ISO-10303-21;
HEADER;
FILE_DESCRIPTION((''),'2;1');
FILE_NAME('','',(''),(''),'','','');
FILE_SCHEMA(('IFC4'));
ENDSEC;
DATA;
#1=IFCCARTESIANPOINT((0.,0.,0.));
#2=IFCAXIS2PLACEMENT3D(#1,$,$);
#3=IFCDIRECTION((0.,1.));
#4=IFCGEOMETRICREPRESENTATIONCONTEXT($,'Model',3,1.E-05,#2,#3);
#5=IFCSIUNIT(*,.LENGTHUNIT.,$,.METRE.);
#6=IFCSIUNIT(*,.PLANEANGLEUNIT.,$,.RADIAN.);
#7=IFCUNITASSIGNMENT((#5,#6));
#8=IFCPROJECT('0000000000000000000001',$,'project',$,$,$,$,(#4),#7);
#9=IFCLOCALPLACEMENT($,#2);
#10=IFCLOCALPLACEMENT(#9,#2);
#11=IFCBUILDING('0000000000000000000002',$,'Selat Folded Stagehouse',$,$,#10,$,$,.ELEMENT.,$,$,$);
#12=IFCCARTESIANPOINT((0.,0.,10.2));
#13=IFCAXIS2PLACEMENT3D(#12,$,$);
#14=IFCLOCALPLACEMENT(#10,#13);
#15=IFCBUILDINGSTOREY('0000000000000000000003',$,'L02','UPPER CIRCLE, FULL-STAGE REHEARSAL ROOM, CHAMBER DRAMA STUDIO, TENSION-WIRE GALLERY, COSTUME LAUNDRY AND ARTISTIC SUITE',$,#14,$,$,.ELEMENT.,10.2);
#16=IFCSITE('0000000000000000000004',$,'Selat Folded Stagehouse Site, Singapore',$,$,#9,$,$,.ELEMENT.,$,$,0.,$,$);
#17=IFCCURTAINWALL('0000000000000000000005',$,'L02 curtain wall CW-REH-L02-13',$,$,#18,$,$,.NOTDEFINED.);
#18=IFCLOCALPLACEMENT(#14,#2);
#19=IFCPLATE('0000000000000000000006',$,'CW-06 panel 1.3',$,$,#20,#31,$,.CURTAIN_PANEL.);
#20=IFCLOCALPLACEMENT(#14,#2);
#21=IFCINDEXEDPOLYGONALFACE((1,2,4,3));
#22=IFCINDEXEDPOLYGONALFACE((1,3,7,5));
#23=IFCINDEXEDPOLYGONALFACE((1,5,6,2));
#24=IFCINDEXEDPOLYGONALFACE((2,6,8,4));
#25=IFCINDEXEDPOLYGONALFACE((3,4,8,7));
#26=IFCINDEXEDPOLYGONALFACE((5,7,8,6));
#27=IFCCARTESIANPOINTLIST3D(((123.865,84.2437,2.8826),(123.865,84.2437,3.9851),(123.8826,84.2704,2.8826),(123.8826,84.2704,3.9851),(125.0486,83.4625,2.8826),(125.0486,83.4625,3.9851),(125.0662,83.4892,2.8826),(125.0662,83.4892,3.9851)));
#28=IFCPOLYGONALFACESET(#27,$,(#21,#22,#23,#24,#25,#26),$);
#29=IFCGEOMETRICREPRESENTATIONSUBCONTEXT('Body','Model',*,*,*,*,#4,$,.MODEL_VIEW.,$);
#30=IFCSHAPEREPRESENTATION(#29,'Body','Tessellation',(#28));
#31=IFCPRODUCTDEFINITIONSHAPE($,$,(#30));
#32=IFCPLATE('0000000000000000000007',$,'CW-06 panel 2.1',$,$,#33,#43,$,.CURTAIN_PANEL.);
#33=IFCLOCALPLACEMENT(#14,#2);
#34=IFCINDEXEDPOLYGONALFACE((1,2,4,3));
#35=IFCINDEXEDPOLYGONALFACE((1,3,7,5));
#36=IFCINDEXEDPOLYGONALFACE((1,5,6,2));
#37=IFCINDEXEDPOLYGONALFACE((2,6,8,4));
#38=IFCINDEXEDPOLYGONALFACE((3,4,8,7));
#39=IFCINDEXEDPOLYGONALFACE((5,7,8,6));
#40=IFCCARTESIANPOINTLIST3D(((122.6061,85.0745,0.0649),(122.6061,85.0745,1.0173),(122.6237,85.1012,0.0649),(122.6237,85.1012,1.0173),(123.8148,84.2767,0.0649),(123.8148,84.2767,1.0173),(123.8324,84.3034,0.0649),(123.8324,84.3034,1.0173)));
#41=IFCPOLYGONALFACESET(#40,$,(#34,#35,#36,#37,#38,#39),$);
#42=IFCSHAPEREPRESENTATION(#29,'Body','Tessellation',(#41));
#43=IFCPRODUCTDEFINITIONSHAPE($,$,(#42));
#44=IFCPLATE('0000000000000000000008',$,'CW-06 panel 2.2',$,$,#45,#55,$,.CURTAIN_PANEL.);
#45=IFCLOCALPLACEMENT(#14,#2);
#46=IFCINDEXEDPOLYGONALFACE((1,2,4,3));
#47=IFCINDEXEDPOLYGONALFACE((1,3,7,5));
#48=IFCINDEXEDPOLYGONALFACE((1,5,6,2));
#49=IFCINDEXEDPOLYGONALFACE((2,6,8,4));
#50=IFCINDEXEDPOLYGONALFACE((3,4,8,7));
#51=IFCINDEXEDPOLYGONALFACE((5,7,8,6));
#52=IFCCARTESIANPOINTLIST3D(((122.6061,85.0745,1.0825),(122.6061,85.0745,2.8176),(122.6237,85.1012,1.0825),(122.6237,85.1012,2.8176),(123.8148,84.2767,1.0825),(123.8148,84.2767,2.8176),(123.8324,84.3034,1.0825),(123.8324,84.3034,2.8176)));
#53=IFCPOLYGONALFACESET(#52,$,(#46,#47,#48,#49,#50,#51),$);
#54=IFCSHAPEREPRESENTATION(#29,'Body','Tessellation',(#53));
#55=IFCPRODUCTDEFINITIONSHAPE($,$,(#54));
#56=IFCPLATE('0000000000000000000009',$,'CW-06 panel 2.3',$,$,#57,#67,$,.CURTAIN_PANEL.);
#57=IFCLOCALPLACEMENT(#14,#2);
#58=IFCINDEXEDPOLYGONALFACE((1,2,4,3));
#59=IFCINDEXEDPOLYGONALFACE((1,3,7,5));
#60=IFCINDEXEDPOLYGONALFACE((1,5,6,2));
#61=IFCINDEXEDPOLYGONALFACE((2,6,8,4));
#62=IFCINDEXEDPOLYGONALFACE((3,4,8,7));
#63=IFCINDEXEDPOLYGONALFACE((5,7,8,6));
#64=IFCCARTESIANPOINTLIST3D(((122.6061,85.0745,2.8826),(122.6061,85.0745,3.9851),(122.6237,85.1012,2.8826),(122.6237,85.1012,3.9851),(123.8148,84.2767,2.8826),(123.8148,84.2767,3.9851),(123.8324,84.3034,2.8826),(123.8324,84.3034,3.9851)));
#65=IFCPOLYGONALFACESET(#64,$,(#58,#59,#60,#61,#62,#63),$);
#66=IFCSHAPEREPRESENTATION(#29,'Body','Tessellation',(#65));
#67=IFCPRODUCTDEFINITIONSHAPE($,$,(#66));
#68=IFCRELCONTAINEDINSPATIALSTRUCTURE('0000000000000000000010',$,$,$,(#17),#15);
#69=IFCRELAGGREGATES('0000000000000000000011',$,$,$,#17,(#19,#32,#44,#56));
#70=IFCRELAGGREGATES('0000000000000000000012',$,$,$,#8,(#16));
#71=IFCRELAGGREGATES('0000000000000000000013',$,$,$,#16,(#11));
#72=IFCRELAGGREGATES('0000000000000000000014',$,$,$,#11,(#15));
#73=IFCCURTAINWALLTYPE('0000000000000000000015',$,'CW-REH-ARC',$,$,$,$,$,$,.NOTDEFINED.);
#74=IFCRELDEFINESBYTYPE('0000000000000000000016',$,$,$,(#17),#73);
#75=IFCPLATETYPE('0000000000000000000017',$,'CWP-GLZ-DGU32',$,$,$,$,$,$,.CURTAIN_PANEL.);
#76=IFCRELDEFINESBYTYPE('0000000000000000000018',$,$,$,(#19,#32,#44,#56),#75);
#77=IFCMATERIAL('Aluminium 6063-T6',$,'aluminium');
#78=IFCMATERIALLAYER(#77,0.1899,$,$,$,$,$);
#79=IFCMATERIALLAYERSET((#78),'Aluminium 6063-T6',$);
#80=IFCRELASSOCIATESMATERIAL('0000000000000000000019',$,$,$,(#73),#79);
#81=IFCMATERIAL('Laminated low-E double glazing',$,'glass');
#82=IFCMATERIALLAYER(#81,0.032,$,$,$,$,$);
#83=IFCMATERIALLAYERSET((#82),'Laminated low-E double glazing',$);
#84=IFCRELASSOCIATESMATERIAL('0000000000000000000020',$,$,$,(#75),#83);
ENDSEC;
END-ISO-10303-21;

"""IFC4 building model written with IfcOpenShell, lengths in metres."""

from ifc_helpers import new_model, si_unit, direction, frame, origin, origin_2d, place, context, subcontext, project, spatial, rectangle, extrude, material, layer, layer_set, type_object, element, aggregate, save


model = new_model("IFC4")

# Units and contexts
model_context = context("Model", 3, precision=1e-05, world=origin(), true_north=direction((0.0, 1.0)))
body_context = subcontext(model_context, "Body", "Model", "MODEL_VIEW")
ifc_project = project(units=[si_unit("LENGTHUNIT", "METRE"), si_unit("PLANEANGLEUNIT", "RADIAN")], contexts=[model_context])

# Site, building, storey
site_placement = place(None, origin())
site = spatial("IfcSite", under=ifc_project, at=site_placement, Name="Selat Folded Stagehouse Site, Singapore", CompositionType="ELEMENT", RefElevation=0.0)
building_placement = place(site_placement, origin())
building = spatial("IfcBuilding", under=site, at=building_placement, Name="Selat Folded Stagehouse", CompositionType="ELEMENT")
storey_placement = place(building_placement, frame((0.0, 0.0, 10.2)))
storey = spatial("IfcBuildingStorey", under=building, at=storey_placement, Name="L02", Description="UPPER CIRCLE, FULL-STAGE REHEARSAL ROOM, CHAMBER DRAMA STUDIO, TENSION-WIRE GALLERY, COSTUME LAUNDRY AND ARTISTIC SUITE", CompositionType="ELEMENT", Elevation=10.2)

# Curtain wall, plates
ifc_material_1 = material(Name="Aluminium 6063-T6", Category="aluminium")
ifc_layer_1 = layer(ifc_material_1, 0.1899)
ifc_layer_set_1 = layer_set([ifc_layer_1], Name="Aluminium 6063-T6")
curtain_wall_type = type_object("IfcCurtainWallType", Name="CW-REH-ARC", PredefinedType="NOTDEFINED", material=ifc_layer_set_1)
curtain_wall_placement = place(storey_placement, origin())
curtain_wall = element("IfcCurtainWall", 1, at=curtain_wall_placement, inside=storey, type_object=curtain_wall_type, Name="L02 curtain wall CW-REH-L02-13", PredefinedType="NOTDEFINED")
ifc_material_2 = material(Name="Laminated low-E double glazing", Category="glass")
ifc_layer_2 = layer(ifc_material_2, 0.032)
ifc_layer_set_2 = layer_set([ifc_layer_2], Name="Laminated low-E double glazing")
plate_type = type_object("IfcPlateType", Name="CWP-GLZ-DGU32", PredefinedType="CURTAIN_PANEL", material=ifc_layer_set_2)
plate_1_placement = place(storey_placement, frame((124.4656, 83.8665, 2.8826), z_axis=(0.0, 0.0, 1.0), x_axis=(-0.834581, 0.550885, 0.0)))
plate_1 = element("IfcPlate", 2, at=plate_1_placement, type_object=plate_type, Name="CW-06 panel 1.3", PredefinedType="CURTAIN_PANEL", context=body_context, shape_type="SweptSolid", body=[
    extrude(rectangle(XDim=1.4182, YDim=0.032, at=origin_2d()), origin(), (0.0, 0.0, 1.0), 1.1025),
])
plate_2_placement = place(storey_placement, frame((123.2192, 84.689, 0.0649), z_axis=(0.0, 0.0, 1.0), x_axis=(-0.834581, 0.550885, 0.0)))
plate_2 = element("IfcPlate", 3, at=plate_2_placement, type_object=plate_type, Name="CW-06 panel 2.1", PredefinedType="CURTAIN_PANEL", context=body_context, shape_type="SweptSolid", body=[
    extrude(rectangle(XDim=1.4482, YDim=0.032, at=origin_2d()), origin(), (0.0, 0.0, 1.0), 0.9524),
])
plate_3_placement = place(storey_placement, frame((123.2192, 84.689, 1.0825), z_axis=(0.0, 0.0, 1.0), x_axis=(-0.834581, 0.550885, 0.0)))
plate_3 = element("IfcPlate", 4, at=plate_3_placement, type_object=plate_type, Name="CW-06 panel 2.2", PredefinedType="CURTAIN_PANEL", context=body_context, shape_type="SweptSolid", body=[
    extrude(rectangle(XDim=1.4482, YDim=0.032, at=origin_2d()), origin(), (0.0, 0.0, 1.0), 1.7351),
])
plate_4_placement = place(storey_placement, frame((123.2192, 84.689, 2.8826), z_axis=(0.0, 0.0, 1.0), x_axis=(-0.834581, 0.550885, 0.0)))
plate_4 = element("IfcPlate", 5, at=plate_4_placement, type_object=plate_type, Name="CW-06 panel 2.3", PredefinedType="CURTAIN_PANEL", context=body_context, shape_type="SweptSolid", body=[
    extrude(rectangle(XDim=1.4482, YDim=0.032, at=origin_2d()), origin(), (0.0, 0.0, 1.0), 1.1025),
])
aggregate(curtain_wall, [plate_1, plate_2, plate_3, plate_4])

save(model, "model.ifc")
